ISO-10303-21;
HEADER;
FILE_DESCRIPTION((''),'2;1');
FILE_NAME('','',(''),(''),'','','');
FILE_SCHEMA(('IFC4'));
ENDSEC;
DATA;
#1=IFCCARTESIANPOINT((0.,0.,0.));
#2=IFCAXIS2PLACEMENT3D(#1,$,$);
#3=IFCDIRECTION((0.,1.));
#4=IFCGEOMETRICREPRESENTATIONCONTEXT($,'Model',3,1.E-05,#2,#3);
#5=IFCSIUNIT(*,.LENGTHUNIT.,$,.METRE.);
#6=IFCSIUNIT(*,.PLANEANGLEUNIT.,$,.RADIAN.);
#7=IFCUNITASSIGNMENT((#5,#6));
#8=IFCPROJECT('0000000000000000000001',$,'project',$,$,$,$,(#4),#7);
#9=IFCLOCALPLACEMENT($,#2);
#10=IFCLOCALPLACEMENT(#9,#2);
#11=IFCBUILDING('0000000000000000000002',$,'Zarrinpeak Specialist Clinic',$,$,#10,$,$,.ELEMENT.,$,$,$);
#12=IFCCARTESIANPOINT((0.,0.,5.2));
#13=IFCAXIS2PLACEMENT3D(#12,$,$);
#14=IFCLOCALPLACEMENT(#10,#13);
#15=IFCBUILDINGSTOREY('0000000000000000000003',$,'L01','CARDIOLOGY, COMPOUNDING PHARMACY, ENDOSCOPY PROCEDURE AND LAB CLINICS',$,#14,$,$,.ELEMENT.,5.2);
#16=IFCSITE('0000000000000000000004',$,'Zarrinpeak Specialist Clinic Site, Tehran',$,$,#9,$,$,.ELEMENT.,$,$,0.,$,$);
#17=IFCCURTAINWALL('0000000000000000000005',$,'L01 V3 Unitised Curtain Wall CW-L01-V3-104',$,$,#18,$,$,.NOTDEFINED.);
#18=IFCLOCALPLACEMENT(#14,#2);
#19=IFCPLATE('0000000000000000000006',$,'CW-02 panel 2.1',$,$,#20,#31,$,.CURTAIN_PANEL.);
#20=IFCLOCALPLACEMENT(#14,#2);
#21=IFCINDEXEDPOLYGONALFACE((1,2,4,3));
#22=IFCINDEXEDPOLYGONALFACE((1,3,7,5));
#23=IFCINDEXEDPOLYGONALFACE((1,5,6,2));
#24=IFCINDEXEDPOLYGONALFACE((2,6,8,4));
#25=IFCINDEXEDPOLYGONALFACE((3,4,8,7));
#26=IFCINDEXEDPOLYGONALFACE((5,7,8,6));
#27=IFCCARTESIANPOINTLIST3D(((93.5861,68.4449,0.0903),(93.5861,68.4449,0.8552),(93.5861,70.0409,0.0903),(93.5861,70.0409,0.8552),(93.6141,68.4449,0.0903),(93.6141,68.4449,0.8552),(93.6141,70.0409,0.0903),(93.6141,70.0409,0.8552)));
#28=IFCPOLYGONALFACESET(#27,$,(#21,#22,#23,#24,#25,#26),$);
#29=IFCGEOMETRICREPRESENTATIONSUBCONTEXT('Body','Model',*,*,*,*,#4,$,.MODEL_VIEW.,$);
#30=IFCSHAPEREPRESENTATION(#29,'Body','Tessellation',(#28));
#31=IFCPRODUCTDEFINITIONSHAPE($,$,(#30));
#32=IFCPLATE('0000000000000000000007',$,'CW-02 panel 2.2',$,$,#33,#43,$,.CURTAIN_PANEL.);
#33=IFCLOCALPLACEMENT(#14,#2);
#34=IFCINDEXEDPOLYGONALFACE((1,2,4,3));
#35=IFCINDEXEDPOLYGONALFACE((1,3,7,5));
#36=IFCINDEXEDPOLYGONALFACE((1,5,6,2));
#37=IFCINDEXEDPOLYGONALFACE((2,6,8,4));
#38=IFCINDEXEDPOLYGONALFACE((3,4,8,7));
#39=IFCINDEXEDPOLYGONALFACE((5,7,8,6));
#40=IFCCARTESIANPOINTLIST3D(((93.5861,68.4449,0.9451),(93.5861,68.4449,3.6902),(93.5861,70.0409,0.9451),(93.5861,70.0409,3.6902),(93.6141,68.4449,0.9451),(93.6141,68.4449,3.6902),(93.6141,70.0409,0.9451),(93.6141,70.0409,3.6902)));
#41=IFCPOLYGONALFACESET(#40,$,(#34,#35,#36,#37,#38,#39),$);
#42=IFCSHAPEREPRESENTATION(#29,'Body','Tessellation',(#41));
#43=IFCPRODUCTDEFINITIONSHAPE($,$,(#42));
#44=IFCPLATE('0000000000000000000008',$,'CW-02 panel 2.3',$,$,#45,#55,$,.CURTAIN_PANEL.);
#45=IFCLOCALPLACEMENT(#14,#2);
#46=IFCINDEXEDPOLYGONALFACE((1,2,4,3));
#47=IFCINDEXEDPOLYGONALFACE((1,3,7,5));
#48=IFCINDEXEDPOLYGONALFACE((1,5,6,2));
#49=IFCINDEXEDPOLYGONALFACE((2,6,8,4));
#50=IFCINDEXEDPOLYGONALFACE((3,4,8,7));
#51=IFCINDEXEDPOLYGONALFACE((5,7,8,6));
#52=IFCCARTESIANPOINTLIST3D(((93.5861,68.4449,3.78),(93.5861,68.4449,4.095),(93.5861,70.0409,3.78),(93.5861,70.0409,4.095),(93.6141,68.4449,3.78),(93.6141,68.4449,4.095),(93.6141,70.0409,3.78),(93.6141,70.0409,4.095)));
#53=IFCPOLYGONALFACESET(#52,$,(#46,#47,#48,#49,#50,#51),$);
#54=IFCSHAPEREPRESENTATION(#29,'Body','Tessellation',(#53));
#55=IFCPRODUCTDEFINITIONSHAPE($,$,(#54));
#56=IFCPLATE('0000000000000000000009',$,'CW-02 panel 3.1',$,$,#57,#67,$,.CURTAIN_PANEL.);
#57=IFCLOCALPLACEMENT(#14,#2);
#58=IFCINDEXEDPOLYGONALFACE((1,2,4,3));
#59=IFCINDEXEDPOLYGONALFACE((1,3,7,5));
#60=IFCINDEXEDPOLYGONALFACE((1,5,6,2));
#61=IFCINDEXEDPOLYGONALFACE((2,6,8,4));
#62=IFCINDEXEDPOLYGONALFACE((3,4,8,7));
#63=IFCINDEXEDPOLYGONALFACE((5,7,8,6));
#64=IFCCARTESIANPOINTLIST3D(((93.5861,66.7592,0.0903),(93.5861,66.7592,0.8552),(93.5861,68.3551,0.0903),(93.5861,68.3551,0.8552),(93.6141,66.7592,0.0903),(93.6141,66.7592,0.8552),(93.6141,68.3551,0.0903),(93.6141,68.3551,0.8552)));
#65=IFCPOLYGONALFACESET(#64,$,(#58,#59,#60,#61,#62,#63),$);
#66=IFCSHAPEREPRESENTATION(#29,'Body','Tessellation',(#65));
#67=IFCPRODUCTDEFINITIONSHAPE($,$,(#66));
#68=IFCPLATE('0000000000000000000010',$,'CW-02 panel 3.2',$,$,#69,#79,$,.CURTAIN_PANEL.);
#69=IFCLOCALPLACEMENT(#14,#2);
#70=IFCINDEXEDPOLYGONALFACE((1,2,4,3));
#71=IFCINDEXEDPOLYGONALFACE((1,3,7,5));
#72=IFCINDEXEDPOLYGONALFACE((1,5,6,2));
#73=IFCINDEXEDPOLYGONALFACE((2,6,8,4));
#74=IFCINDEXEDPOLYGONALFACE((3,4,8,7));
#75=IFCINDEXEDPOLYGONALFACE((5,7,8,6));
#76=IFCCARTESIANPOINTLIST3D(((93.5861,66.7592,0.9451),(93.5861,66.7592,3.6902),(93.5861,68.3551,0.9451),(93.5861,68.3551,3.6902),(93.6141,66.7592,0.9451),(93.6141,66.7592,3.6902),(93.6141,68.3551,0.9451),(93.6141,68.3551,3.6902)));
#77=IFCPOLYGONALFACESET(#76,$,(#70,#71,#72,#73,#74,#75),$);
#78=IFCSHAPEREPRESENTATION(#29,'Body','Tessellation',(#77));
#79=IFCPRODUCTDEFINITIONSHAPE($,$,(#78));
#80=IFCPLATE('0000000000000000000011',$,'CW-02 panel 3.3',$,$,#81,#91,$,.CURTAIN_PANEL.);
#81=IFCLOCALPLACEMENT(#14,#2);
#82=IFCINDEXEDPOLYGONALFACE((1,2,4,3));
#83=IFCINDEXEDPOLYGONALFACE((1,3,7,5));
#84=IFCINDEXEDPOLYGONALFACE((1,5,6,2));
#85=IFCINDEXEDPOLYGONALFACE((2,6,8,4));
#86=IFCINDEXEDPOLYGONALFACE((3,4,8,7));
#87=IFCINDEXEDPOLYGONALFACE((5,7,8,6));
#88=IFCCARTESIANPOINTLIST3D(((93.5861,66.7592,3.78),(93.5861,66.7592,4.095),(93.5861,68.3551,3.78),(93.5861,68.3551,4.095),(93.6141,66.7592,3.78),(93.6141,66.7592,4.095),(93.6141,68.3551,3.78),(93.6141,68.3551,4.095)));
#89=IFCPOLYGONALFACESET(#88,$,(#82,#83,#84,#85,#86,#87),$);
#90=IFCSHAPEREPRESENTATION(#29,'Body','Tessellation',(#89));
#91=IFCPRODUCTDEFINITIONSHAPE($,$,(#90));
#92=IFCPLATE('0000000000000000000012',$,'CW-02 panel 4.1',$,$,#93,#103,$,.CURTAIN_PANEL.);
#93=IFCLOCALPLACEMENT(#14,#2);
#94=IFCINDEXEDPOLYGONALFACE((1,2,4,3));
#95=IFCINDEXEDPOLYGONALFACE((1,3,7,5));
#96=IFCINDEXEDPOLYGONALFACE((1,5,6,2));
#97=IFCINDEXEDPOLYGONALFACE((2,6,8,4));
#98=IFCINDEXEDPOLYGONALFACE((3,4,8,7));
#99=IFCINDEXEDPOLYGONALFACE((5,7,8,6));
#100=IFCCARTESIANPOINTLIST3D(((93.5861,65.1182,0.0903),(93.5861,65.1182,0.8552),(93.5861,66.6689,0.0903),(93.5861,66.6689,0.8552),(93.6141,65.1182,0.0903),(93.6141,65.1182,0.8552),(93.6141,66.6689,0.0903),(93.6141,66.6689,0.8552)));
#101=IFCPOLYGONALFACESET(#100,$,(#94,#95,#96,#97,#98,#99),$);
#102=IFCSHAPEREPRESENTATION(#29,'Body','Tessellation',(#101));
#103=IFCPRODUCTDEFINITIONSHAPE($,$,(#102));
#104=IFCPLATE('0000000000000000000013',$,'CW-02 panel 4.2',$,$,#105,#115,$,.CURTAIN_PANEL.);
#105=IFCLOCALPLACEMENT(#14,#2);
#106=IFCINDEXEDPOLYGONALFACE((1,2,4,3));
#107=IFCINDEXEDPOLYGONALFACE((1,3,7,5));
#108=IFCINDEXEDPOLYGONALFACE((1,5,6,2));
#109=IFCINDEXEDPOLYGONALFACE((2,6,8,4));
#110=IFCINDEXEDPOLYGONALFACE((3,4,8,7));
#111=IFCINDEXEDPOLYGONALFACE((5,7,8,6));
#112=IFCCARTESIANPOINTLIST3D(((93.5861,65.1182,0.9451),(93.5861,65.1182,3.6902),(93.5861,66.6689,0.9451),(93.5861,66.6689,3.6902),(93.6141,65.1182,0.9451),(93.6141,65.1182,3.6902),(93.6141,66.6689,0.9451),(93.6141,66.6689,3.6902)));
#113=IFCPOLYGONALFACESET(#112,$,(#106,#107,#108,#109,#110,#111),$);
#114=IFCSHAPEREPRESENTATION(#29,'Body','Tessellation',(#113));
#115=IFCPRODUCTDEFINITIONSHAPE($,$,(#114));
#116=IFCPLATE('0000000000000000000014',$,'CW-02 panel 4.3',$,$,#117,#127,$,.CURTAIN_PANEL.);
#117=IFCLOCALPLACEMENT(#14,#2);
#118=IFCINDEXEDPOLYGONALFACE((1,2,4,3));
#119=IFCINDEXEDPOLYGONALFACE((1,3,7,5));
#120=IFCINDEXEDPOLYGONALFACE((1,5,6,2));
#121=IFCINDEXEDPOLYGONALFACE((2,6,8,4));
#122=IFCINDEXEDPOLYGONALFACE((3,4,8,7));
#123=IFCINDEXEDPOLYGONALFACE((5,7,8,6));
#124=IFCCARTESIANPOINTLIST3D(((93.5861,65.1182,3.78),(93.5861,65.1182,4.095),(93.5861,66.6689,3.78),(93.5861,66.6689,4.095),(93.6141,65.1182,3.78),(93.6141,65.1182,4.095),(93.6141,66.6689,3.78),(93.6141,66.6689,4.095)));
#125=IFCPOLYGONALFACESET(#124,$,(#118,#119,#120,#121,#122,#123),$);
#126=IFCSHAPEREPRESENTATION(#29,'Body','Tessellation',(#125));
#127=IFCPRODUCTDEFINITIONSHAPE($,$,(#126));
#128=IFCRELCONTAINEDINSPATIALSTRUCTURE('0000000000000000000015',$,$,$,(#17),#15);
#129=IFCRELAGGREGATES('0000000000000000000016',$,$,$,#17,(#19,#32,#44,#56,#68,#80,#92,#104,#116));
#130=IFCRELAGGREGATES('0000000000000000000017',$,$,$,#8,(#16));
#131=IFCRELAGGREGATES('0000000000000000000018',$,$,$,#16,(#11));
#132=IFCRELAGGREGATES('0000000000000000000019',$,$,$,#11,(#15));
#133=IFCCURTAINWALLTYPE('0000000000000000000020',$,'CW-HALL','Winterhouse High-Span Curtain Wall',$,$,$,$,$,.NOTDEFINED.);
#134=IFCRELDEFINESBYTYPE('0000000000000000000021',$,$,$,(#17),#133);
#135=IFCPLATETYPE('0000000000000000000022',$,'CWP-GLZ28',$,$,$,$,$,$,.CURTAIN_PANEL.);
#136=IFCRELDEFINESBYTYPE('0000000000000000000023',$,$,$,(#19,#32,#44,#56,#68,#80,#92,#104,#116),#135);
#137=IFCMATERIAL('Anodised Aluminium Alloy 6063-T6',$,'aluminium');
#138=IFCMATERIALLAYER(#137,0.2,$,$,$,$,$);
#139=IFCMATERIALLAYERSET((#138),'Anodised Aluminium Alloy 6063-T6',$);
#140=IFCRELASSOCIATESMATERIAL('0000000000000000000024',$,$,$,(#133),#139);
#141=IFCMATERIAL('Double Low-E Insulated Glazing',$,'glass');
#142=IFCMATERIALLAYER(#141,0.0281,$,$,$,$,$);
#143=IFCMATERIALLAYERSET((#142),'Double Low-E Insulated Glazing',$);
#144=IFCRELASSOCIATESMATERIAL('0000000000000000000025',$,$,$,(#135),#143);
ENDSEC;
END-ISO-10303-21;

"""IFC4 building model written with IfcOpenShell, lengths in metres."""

from ifc_helpers import new_model, si_unit, direction, frame, origin, origin_2d, place, context, subcontext, project, spatial, rectangle, extrude, material, layer, layer_set, type_object, element, aggregate, save


model = new_model("IFC4")

# Units and contexts
model_context = context("Model", 3, precision=1e-05, world=origin(), true_north=direction((0.0, 1.0)))
body_context = subcontext(model_context, "Body", "Model", "MODEL_VIEW")
ifc_project = project(units=[si_unit("LENGTHUNIT", "METRE"), si_unit("PLANEANGLEUNIT", "RADIAN")], contexts=[model_context])

# Site, building, storey
site_placement = place(None, origin())
site = spatial("IfcSite", under=ifc_project, at=site_placement, Name="Zarrinpeak Specialist Clinic Site, Tehran", CompositionType="ELEMENT", RefElevation=0.0)
building_placement = place(site_placement, origin())
building = spatial("IfcBuilding", under=site, at=building_placement, Name="Zarrinpeak Specialist Clinic", CompositionType="ELEMENT")
storey_placement = place(building_placement, frame((0.0, 0.0, 5.2)))
storey = spatial("IfcBuildingStorey", under=building, at=storey_placement, Name="L01", Description="CARDIOLOGY, COMPOUNDING PHARMACY, ENDOSCOPY PROCEDURE AND LAB CLINICS", CompositionType="ELEMENT", Elevation=5.2)

# Curtain wall, plates
ifc_material_1 = material(Name="Anodised Aluminium Alloy 6063-T6", Category="aluminium")
ifc_layer_1 = layer(ifc_material_1, 0.2)
ifc_layer_set_1 = layer_set([ifc_layer_1], Name="Anodised Aluminium Alloy 6063-T6")
curtain_wall_type = type_object("IfcCurtainWallType", Name="CW-HALL", Description="Winterhouse High-Span Curtain Wall", PredefinedType="NOTDEFINED", material=ifc_layer_set_1)
curtain_wall_placement = place(storey_placement, origin())
curtain_wall = element("IfcCurtainWall", 1, at=curtain_wall_placement, inside=storey, type_object=curtain_wall_type, Name="L01 V3 Unitised Curtain Wall CW-L01-V3-104", PredefinedType="NOTDEFINED")
ifc_material_2 = material(Name="Double Low-E Insulated Glazing", Category="glass")
ifc_layer_2 = layer(ifc_material_2, 0.0281)
ifc_layer_set_2 = layer_set([ifc_layer_2], Name="Double Low-E Insulated Glazing")
plate_type = type_object("IfcPlateType", Name="CWP-GLZ28", PredefinedType="CURTAIN_PANEL", material=ifc_layer_set_2)
plate_1_placement = place(storey_placement, frame((93.6001, 69.2429, 0.0903), z_axis=(0.0, 0.0, 1.0), x_axis=(0.0, -1.0, 0.0)))
plate_1 = element("IfcPlate", 2, at=plate_1_placement, type_object=plate_type, Name="CW-02 panel 2.1", PredefinedType="CURTAIN_PANEL", context=body_context, shape_type="SweptSolid", body=[
    extrude(rectangle(XDim=1.5959, YDim=0.0281, at=origin_2d()), origin(), (0.0, 0.0, 1.0), 0.7649),
])
plate_2_placement = place(storey_placement, frame((93.6001, 69.2429, 0.9451), z_axis=(0.0, 0.0, 1.0), x_axis=(0.0, -1.0, 0.0)))
plate_2 = element("IfcPlate", 3, at=plate_2_placement, type_object=plate_type, Name="CW-02 panel 2.2", PredefinedType="CURTAIN_PANEL", context=body_context, shape_type="SweptSolid", body=[
    extrude(rectangle(XDim=1.5959, YDim=0.0281, at=origin_2d()), origin(), (0.0, 0.0, 1.0), 2.7451),
])
plate_3_placement = place(storey_placement, frame((93.6001, 69.2429, 3.78), z_axis=(0.0, 0.0, 1.0), x_axis=(0.0, -1.0, 0.0)))
plate_3 = element("IfcPlate", 4, at=plate_3_placement, type_object=plate_type, Name="CW-02 panel 2.3", PredefinedType="CURTAIN_PANEL", context=body_context, shape_type="SweptSolid", body=[
    extrude(rectangle(XDim=1.5959, YDim=0.0281, at=origin_2d()), origin(), (0.0, 0.0, 1.0), 0.3149),
])
plate_4_placement = place(storey_placement, frame((93.6001, 67.5571, 0.0903), z_axis=(0.0, 0.0, 1.0), x_axis=(0.0, -1.0, 0.0)))
plate_4 = element("IfcPlate", 5, at=plate_4_placement, type_object=plate_type, Name="CW-02 panel 3.1", PredefinedType="CURTAIN_PANEL", context=body_context, shape_type="SweptSolid", body=[
    extrude(rectangle(XDim=1.5959, YDim=0.0281, at=origin_2d()), origin(), (0.0, 0.0, 1.0), 0.7649),
])
plate_5_placement = place(storey_placement, frame((93.6001, 67.5571, 0.9451), z_axis=(0.0, 0.0, 1.0), x_axis=(0.0, -1.0, 0.0)))
plate_5 = element("IfcPlate", 6, at=plate_5_placement, type_object=plate_type, Name="CW-02 panel 3.2", PredefinedType="CURTAIN_PANEL", context=body_context, shape_type="SweptSolid", body=[
    extrude(rectangle(XDim=1.5959, YDim=0.0281, at=origin_2d()), origin(), (0.0, 0.0, 1.0), 2.7451),
])
plate_6_placement = place(storey_placement, frame((93.6001, 67.5571, 3.78), z_axis=(0.0, 0.0, 1.0), x_axis=(0.0, -1.0, 0.0)))
plate_6 = element("IfcPlate", 7, at=plate_6_placement, type_object=plate_type, Name="CW-02 panel 3.3", PredefinedType="CURTAIN_PANEL", context=body_context, shape_type="SweptSolid", body=[
    extrude(rectangle(XDim=1.5959, YDim=0.0281, at=origin_2d()), origin(), (0.0, 0.0, 1.0), 0.3149),
])
plate_7_placement = place(storey_placement, frame((93.6001, 65.8936, 0.0903), z_axis=(0.0, 0.0, 1.0), x_axis=(0.0, -1.0, 0.0)))
plate_7 = element("IfcPlate", 8, at=plate_7_placement, type_object=plate_type, Name="CW-02 panel 4.1", PredefinedType="CURTAIN_PANEL", context=body_context, shape_type="SweptSolid", body=[
    extrude(rectangle(XDim=1.5508, YDim=0.0281, at=origin_2d()), origin(), (0.0, 0.0, 1.0), 0.7649),
])
plate_8_placement = place(storey_placement, frame((93.6001, 65.8936, 0.9451), z_axis=(0.0, 0.0, 1.0), x_axis=(0.0, -1.0, 0.0)))
plate_8 = element("IfcPlate", 9, at=plate_8_placement, type_object=plate_type, Name="CW-02 panel 4.2", PredefinedType="CURTAIN_PANEL", context=body_context, shape_type="SweptSolid", body=[
    extrude(rectangle(XDim=1.5508, YDim=0.0281, at=origin_2d()), origin(), (0.0, 0.0, 1.0), 2.7451),
])
plate_9_placement = place(storey_placement, frame((93.6001, 65.8936, 3.78), z_axis=(0.0, 0.0, 1.0), x_axis=(0.0, -1.0, 0.0)))
plate_9 = element("IfcPlate", 10, at=plate_9_placement, type_object=plate_type, Name="CW-02 panel 4.3", PredefinedType="CURTAIN_PANEL", context=body_context, shape_type="SweptSolid", body=[
    extrude(rectangle(XDim=1.5508, YDim=0.0281, at=origin_2d()), origin(), (0.0, 0.0, 1.0), 0.3149),
])
aggregate(curtain_wall, [plate_1, plate_2, plate_3, plate_4, plate_5, plate_6, plate_7, plate_8, plate_9])

save(model, "model.ifc")
